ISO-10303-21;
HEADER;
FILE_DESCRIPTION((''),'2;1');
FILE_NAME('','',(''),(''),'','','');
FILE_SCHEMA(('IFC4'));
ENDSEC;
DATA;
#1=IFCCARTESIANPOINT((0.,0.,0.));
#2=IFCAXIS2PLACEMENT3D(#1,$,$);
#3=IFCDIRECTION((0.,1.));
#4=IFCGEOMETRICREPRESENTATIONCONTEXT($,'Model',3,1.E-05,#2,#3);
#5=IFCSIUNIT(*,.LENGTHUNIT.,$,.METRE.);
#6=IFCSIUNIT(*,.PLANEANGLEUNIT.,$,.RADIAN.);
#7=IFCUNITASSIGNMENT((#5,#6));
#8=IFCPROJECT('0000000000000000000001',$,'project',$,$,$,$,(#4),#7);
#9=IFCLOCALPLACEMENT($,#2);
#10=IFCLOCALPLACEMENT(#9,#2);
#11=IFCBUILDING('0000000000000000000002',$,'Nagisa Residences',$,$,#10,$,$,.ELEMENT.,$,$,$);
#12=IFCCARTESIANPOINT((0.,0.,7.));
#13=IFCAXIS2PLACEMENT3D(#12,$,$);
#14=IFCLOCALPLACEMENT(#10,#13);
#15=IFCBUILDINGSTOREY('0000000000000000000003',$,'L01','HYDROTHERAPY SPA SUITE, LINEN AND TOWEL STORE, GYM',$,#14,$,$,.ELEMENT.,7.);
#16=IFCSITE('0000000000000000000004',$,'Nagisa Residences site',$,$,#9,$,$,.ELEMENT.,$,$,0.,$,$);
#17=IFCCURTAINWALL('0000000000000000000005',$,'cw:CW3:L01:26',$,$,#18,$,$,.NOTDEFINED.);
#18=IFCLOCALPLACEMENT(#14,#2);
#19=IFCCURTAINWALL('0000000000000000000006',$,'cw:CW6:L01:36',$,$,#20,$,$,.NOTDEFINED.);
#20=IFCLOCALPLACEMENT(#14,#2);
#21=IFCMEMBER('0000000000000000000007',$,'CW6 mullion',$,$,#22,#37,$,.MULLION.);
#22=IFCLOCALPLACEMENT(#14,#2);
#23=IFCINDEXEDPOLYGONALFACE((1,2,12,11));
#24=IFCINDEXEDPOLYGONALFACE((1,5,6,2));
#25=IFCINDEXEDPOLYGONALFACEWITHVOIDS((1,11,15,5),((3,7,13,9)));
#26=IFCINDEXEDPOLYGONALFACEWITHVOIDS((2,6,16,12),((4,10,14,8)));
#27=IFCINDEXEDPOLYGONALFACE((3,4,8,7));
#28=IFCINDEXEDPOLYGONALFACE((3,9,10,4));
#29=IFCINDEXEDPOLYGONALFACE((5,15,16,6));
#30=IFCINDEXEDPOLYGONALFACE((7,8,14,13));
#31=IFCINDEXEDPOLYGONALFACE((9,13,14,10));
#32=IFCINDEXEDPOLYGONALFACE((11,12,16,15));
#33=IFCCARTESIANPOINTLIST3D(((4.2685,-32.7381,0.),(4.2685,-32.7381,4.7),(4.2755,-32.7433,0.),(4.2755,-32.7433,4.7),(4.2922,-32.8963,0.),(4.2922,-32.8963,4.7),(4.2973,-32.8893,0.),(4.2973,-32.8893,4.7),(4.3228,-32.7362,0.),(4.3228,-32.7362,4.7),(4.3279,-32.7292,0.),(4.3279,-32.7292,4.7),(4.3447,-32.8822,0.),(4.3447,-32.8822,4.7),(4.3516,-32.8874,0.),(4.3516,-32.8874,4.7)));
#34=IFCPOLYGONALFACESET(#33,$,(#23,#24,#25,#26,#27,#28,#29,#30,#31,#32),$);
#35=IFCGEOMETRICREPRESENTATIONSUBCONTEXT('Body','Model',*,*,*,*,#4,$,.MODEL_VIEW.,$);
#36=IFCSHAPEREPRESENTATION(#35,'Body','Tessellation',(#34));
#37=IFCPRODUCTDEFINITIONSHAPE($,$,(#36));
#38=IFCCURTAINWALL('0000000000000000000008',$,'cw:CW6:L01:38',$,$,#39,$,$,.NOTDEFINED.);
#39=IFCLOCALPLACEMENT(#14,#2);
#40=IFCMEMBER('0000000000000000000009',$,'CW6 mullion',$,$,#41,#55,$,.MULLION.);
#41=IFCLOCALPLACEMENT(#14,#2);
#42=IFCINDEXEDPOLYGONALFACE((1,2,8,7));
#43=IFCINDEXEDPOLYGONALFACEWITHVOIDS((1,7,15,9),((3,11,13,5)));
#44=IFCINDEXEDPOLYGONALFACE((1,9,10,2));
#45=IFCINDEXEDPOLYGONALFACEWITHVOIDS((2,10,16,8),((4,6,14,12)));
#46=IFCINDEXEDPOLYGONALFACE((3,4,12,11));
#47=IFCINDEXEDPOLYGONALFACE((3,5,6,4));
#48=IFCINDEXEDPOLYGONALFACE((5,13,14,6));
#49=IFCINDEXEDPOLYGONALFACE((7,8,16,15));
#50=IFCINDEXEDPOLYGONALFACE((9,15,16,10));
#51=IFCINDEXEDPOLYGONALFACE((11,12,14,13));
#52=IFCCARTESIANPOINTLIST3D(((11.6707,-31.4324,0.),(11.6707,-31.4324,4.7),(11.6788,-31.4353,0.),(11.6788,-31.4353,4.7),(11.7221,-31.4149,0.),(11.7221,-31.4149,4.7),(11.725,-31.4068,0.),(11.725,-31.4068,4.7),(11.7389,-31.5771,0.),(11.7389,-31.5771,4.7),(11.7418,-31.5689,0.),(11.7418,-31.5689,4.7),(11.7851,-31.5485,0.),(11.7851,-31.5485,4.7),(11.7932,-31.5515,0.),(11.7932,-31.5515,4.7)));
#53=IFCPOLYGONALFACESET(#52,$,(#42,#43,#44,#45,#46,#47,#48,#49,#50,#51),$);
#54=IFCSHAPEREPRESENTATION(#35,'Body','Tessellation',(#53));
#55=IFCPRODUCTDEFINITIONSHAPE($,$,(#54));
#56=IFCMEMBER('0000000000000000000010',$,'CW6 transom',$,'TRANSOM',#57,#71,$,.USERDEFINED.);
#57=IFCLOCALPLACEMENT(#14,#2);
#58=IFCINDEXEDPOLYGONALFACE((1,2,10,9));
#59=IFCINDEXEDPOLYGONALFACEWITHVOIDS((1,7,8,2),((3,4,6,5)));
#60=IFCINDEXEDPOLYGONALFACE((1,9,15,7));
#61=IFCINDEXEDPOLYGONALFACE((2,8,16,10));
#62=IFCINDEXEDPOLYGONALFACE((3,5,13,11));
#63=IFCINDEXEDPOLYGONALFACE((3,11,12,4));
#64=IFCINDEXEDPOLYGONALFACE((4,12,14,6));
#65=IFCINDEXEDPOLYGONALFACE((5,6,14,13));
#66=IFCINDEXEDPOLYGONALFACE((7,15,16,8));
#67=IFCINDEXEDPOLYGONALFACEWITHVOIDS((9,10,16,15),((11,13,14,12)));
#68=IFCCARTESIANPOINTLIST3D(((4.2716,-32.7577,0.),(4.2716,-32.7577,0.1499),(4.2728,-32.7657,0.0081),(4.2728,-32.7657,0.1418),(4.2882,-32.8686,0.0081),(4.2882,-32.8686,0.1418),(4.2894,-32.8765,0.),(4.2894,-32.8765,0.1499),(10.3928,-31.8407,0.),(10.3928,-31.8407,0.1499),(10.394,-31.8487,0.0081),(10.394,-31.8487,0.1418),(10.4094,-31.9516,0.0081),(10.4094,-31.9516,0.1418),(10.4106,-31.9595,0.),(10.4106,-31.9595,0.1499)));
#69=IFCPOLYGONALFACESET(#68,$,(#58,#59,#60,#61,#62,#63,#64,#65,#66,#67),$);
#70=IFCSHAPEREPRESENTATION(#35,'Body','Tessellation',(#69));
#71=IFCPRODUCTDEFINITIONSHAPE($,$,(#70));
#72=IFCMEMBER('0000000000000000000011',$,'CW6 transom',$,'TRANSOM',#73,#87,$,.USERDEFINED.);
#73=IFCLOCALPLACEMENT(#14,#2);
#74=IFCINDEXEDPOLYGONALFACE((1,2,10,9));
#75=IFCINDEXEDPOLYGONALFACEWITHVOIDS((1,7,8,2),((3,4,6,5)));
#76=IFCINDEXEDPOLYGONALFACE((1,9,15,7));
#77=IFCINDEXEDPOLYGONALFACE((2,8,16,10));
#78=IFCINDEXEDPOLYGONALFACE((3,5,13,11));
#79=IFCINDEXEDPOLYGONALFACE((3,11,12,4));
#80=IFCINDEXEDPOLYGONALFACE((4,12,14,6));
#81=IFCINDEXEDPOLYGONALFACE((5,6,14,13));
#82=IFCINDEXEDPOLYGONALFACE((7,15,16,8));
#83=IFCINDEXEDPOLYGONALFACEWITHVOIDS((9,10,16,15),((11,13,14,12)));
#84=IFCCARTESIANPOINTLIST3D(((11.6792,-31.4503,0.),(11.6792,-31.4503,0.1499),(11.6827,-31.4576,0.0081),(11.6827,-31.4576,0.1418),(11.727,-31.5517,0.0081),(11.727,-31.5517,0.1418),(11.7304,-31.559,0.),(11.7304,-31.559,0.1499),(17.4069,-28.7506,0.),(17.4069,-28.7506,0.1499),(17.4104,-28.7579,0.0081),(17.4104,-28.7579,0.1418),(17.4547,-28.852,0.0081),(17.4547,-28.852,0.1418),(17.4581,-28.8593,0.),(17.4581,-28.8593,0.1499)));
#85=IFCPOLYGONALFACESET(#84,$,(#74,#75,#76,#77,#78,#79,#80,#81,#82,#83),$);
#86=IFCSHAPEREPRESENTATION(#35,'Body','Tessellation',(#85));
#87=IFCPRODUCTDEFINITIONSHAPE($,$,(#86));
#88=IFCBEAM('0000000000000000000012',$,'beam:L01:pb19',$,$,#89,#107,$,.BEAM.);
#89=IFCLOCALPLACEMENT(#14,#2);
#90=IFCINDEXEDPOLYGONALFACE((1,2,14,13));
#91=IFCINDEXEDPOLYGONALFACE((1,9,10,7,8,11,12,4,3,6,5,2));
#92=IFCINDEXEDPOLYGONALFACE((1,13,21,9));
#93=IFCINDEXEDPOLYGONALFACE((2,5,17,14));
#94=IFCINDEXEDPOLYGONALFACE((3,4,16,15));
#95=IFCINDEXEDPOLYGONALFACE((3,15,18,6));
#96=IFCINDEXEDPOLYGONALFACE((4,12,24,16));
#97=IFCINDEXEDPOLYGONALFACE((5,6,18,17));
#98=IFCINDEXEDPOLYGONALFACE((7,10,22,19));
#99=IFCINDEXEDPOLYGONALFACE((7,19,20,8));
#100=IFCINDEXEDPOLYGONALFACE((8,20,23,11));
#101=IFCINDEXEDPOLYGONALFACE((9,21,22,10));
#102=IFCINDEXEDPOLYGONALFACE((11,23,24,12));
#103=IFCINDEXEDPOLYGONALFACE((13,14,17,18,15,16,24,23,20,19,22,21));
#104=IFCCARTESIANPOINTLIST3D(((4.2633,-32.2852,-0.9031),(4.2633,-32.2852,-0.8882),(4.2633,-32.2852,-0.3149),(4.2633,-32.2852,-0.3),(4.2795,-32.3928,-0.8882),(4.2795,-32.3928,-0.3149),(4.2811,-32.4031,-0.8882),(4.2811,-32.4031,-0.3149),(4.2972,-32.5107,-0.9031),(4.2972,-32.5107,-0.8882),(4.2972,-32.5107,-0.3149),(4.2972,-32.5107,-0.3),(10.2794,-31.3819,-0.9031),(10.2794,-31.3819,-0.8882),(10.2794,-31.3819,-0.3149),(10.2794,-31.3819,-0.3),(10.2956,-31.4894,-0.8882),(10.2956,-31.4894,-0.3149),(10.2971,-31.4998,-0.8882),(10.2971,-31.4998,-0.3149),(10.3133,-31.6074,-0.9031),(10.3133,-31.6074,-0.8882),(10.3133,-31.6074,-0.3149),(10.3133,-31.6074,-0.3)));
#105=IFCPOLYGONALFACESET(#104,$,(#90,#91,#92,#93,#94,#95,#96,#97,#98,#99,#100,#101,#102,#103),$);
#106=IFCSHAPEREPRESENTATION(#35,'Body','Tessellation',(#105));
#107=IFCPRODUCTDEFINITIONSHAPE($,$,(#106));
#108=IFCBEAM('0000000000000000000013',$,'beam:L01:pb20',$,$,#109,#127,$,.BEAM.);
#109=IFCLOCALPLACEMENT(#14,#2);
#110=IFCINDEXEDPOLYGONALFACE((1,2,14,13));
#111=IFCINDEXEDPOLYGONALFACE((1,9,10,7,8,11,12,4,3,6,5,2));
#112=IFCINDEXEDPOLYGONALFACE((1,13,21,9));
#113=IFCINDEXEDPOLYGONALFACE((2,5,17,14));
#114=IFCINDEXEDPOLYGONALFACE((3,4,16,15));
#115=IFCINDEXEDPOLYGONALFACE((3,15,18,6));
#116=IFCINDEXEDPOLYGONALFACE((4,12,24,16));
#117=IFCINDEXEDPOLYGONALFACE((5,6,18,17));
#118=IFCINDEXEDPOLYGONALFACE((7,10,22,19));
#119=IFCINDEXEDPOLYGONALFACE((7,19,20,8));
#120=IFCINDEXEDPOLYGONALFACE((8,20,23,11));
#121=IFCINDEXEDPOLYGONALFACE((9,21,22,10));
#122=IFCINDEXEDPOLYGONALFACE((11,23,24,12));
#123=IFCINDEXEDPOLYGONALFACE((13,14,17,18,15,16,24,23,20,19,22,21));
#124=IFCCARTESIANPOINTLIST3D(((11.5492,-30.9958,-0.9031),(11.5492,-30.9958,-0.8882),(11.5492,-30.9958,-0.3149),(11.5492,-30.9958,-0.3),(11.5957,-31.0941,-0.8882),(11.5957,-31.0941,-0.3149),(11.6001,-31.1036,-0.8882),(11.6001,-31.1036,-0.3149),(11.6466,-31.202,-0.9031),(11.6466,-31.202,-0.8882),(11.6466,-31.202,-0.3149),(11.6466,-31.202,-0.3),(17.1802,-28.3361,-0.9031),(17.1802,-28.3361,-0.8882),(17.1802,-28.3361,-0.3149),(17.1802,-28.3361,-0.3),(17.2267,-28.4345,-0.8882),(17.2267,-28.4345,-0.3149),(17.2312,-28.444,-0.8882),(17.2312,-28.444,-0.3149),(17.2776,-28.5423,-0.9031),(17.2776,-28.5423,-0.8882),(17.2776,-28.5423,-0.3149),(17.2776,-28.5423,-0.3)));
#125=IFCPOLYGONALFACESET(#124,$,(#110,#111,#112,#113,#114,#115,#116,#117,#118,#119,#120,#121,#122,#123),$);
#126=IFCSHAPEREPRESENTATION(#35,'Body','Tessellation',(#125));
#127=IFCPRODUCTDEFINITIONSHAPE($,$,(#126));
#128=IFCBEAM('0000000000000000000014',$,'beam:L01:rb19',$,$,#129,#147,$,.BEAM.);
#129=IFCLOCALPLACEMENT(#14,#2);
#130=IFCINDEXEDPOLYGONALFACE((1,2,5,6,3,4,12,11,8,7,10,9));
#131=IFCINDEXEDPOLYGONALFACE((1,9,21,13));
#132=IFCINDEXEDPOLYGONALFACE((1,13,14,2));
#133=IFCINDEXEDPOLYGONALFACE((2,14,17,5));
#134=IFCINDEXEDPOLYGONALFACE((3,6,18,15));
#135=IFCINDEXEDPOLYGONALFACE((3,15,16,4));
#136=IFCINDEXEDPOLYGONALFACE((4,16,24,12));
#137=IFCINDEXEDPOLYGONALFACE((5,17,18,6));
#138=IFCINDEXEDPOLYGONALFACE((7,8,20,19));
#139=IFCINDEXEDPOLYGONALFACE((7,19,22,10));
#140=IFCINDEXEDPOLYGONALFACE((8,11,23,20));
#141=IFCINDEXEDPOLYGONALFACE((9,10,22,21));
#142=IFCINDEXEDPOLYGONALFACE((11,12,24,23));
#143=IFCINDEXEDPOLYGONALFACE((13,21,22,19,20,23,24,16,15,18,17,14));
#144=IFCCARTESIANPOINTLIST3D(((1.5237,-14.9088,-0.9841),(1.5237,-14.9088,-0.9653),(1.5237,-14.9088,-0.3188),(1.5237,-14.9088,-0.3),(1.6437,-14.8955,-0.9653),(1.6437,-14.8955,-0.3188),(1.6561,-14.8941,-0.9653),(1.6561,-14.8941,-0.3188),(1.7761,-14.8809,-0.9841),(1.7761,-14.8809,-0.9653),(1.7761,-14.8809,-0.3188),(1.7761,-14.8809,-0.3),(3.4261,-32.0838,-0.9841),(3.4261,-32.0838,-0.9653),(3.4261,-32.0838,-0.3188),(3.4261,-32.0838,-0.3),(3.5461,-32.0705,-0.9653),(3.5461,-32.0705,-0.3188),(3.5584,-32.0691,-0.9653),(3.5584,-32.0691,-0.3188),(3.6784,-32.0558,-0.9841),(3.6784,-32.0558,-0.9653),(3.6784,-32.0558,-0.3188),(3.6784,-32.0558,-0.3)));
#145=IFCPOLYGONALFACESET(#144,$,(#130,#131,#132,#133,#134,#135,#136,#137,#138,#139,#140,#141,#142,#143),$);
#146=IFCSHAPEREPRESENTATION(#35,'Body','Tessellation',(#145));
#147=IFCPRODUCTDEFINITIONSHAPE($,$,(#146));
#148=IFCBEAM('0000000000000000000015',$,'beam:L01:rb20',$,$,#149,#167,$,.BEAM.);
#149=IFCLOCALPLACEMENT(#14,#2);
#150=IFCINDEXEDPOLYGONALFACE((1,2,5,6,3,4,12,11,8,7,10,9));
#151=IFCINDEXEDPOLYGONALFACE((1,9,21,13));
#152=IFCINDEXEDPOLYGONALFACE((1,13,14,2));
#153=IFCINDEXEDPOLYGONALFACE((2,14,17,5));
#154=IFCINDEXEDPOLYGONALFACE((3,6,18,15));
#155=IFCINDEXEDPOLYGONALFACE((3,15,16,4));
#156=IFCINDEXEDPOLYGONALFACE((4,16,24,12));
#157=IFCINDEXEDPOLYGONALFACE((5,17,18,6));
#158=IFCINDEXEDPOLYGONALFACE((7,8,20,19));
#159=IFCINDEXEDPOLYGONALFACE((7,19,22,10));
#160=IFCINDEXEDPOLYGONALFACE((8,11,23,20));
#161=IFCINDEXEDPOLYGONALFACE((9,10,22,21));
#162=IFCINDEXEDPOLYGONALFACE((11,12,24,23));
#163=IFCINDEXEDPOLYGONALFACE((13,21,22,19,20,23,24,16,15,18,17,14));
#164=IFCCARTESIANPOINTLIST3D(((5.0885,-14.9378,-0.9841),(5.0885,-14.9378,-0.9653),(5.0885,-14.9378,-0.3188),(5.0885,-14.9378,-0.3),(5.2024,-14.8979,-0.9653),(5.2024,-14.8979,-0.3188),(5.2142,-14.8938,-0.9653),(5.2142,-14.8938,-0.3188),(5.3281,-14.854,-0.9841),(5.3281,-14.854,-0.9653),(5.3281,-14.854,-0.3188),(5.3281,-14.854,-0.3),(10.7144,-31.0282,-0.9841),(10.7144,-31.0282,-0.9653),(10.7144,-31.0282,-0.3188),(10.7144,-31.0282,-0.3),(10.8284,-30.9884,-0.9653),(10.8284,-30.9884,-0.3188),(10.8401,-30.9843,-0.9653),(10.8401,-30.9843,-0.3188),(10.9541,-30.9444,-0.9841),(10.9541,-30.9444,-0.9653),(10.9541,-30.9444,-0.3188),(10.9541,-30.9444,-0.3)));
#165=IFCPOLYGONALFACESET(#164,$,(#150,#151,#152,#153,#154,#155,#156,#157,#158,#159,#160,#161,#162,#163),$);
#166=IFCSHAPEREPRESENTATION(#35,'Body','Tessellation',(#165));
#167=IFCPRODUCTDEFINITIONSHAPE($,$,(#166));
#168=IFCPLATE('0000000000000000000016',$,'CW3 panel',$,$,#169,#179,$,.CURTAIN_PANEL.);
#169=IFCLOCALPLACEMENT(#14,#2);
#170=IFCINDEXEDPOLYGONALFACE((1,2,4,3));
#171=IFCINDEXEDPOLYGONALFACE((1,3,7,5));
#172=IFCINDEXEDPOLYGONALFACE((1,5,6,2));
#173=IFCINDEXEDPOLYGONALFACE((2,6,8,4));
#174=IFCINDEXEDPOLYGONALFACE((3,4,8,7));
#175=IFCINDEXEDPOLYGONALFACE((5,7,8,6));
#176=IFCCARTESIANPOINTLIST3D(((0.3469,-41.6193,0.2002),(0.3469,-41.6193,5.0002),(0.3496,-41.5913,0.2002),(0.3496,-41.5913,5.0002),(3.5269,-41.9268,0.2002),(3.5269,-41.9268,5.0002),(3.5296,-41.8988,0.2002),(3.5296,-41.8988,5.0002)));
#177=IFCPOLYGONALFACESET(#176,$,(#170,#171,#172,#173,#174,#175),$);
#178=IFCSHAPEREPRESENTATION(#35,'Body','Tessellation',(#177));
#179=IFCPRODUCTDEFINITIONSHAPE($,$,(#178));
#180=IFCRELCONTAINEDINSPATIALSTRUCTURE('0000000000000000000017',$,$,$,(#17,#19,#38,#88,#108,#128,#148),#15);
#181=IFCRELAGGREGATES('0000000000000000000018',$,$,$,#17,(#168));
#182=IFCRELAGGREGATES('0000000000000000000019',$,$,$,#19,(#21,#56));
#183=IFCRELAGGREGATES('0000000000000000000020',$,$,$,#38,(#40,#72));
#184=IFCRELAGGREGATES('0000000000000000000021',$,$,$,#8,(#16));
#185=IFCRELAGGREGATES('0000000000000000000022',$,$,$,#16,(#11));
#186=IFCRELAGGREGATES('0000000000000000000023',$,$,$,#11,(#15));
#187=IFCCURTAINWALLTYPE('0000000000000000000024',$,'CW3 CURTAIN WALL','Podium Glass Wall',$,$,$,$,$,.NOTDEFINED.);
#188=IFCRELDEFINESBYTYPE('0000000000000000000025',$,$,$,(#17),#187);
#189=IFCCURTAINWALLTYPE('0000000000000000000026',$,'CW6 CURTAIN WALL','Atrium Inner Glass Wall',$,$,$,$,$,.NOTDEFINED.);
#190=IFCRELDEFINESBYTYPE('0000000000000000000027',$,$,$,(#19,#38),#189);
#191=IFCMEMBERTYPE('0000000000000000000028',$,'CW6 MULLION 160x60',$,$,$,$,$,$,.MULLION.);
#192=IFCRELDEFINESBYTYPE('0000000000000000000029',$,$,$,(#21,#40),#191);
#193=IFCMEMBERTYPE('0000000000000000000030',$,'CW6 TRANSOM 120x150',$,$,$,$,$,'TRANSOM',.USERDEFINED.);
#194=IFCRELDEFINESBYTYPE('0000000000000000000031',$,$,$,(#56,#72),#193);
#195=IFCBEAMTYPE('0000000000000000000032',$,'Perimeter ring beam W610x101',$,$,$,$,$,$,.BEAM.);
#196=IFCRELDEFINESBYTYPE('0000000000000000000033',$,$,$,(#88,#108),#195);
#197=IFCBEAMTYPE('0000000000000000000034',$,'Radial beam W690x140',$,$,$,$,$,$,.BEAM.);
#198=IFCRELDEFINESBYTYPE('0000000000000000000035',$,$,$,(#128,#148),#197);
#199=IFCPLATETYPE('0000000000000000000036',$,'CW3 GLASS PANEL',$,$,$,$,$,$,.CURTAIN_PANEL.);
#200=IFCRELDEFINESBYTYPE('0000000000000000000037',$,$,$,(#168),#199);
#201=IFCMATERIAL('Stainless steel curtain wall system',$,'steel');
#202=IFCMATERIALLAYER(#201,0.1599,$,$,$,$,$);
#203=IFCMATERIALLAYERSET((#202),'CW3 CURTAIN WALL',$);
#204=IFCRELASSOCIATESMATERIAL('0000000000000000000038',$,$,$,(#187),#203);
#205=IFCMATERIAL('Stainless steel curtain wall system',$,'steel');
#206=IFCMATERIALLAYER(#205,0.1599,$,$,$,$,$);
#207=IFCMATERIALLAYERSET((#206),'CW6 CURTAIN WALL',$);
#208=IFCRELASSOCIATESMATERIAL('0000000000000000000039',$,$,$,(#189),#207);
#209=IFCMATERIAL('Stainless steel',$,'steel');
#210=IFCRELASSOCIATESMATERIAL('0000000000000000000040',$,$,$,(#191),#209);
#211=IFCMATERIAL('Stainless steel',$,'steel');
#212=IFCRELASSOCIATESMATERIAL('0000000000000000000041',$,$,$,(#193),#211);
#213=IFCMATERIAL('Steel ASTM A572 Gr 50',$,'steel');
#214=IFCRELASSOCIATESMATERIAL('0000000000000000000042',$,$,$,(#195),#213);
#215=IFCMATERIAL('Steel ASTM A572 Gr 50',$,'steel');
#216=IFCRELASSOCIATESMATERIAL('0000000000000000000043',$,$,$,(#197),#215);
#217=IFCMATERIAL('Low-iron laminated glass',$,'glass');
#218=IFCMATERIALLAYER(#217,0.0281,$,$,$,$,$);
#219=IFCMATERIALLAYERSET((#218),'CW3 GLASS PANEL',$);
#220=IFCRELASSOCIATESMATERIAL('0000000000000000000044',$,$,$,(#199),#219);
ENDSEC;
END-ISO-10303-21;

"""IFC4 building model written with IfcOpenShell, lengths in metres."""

from ifc_helpers import new_model, si_unit, direction, frame, origin, origin_2d, place, context, subcontext, project, spatial, rectangle, hollow_rectangle, i_section, extrude, material, layer, layer_set, material_profile, profile_set, type_object, element, aggregate, save


model = new_model("IFC4")

# Units and contexts
model_context = context("Model", 3, precision=1e-05, world=origin(), true_north=direction((0.0, 1.0)))
body_context = subcontext(model_context, "Body", "Model", "MODEL_VIEW")
ifc_project = project(units=[si_unit("LENGTHUNIT", "METRE"), si_unit("PLANEANGLEUNIT", "RADIAN")], contexts=[model_context])

# Site, building, storey
site_placement = place(None, origin())
site = spatial("IfcSite", under=ifc_project, at=site_placement, Name="Nagisa Residences site", CompositionType="ELEMENT", RefElevation=0.0)
building_placement = place(site_placement, origin())
building = spatial("IfcBuilding", under=site, at=building_placement, Name="Nagisa Residences", CompositionType="ELEMENT")
storey_placement = place(building_placement, frame((0.0, 0.0, 7.0)))
storey = spatial("IfcBuildingStorey", under=building, at=storey_placement, Name="L01", Description="HYDROTHERAPY SPA SUITE, LINEN AND TOWEL STORE, GYM", CompositionType="ELEMENT", Elevation=7.0)

# Curtain wall
ifc_material_1 = material(Name="Stainless steel curtain wall system", Category="steel")
ifc_layer_1 = layer(ifc_material_1, 0.1599)
ifc_layer_set_1 = layer_set([ifc_layer_1], Name="CW3 CURTAIN WALL")
curtain_wall_type_1 = type_object("IfcCurtainWallType", Name="CW3 CURTAIN WALL", Description="Podium Glass Wall", PredefinedType="NOTDEFINED", material=ifc_layer_set_1)
curtain_wall_1_placement = place(storey_placement, origin())
curtain_wall_1 = element("IfcCurtainWall", 1, at=curtain_wall_1_placement, inside=storey, type_object=curtain_wall_type_1, Name="cw:CW3:L01:26", PredefinedType="NOTDEFINED")

# Curtain walls, members
ifc_material_2 = material(Name="Stainless steel curtain wall system", Category="steel")
ifc_layer_2 = layer(ifc_material_2, 0.1599)
ifc_layer_set_2 = layer_set([ifc_layer_2], Name="CW6 CURTAIN WALL")
curtain_wall_type_2 = type_object("IfcCurtainWallType", Name="CW6 CURTAIN WALL", Description="Atrium Inner Glass Wall", PredefinedType="NOTDEFINED", material=ifc_layer_set_2)
curtain_wall_2_placement = place(storey_placement, origin())
curtain_wall_2 = element("IfcCurtainWall", 2, at=curtain_wall_2_placement, inside=storey, type_object=curtain_wall_type_2, Name="cw:CW6:L01:36", PredefinedType="NOTDEFINED")
ifc_material_3 = material(Name="Stainless steel", Category="steel")
ifc_material_profile_1 = material_profile(ifc_material_3, hollow_rectangle(XDim=0.1599, YDim=0.0601, WallThickness=0.0061, at=origin_2d()), Name="CW6 MULLION 160x60")
ifc_profile_set_1 = profile_set([ifc_material_profile_1], Name="Stainless steel")
member_type_1 = type_object("IfcMemberType", Name="CW6 MULLION 160x60", PredefinedType="MULLION", material=ifc_profile_set_1)
member_1_placement = place(storey_placement, frame((4.3101, -32.8127, 0.0), z_axis=(0.0, 0.0, 1.0), x_axis=(-0.148158, 0.988964, 0.0)))
member_1 = element("IfcMember", 3, at=member_1_placement, type_object=member_type_1, Name="CW6 mullion", PredefinedType="MULLION", context=body_context, shape_type="SweptSolid", body=[
    extrude(hollow_rectangle(XDim=0.1599, YDim=0.0601, WallThickness=0.0061, at=origin_2d()), origin(), (0.0, 0.0, 1.0), 4.7),
])
curtain_wall_3_placement = place(storey_placement, origin())
curtain_wall_3 = element("IfcCurtainWall", 4, at=curtain_wall_3_placement, inside=storey, type_object=curtain_wall_type_2, Name="cw:CW6:L01:38", PredefinedType="NOTDEFINED")
member_2_placement = place(storey_placement, frame((11.7319, -31.4919, 0.0), z_axis=(0.0, 0.0, 1.0), x_axis=(-0.426358, 0.904554, 0.0)))
member_2 = element("IfcMember", 5, at=member_2_placement, type_object=member_type_1, Name="CW6 mullion", PredefinedType="MULLION", context=body_context, shape_type="SweptSolid", body=[
    extrude(hollow_rectangle(XDim=0.1599, YDim=0.0601, WallThickness=0.0061, at=origin_2d()), origin(), (0.0, 0.0, 1.0), 4.7),
])

# Members
ifc_material_4 = material(Name="Stainless steel", Category="steel")
ifc_material_profile_2 = material_profile(ifc_material_4, hollow_rectangle(XDim=0.1201, YDim=0.1499, WallThickness=0.0081, at=origin_2d()), Name="CW6 TRANSOM 120x150")
ifc_profile_set_2 = profile_set([ifc_material_profile_2], Name="Stainless steel")
member_type_2 = type_object("IfcMemberType", Name="CW6 TRANSOM 120x150", ElementType="TRANSOM", PredefinedType="USERDEFINED", material=ifc_profile_set_2)
member_3_placement = place(storey_placement, frame((4.2805, -32.8171, 0.075), z_axis=(0.988964, 0.148155, 0.0), x_axis=(-0.148155, 0.988964, 0.0)))
member_3 = element("IfcMember", 6, at=member_3_placement, type_object=member_type_2, Name="CW6 transom", ObjectType="TRANSOM", PredefinedType="USERDEFINED", context=body_context, shape_type="SweptSolid", body=[
    extrude(hollow_rectangle(XDim=0.1201, YDim=0.1499, WallThickness=0.0081, at=origin_2d()), origin(), (0.0, 0.0, 1.0), 6.1895),
])
member_4_placement = place(storey_placement, frame((11.7048, -31.5046, 0.075), z_axis=(0.904558, 0.42635, 0.0), x_axis=(-0.42635, 0.904558, 0.0)))
member_4 = element("IfcMember", 7, at=member_4_placement, type_object=member_type_2, Name="CW6 transom", ObjectType="TRANSOM", PredefinedType="USERDEFINED", context=body_context, shape_type="SweptSolid", body=[
    extrude(hollow_rectangle(XDim=0.1201, YDim=0.1499, WallThickness=0.0081, at=origin_2d()), origin(), (0.0, 0.0, 1.0), 6.332),
])

# Beams
ifc_material_5 = material(Name="Steel ASTM A572 Gr 50", Category="steel")
ifc_material_profile_3 = material_profile(ifc_material_5, i_section(OverallWidth=0.228, OverallDepth=0.603, WebThickness=0.0105, FlangeThickness=0.0149, at=origin_2d()), Name="W610x101")
ifc_profile_set_3 = profile_set([ifc_material_profile_3], Name="Steel ASTM A572 Gr 50")
beam_type_1 = type_object("IfcBeamType", Name="Perimeter ring beam W610x101", PredefinedType="BEAM", material=ifc_profile_set_3)
beam_1_placement = place(storey_placement, frame((4.2803, -32.3979, -0.6016), z_axis=(0.988915, 0.148486, 0.0), x_axis=(-0.148486, 0.988915, 0.0)))
element("IfcBeam", 8, at=beam_1_placement, inside=storey, type_object=beam_type_1, Name="beam:L01:pb19", PredefinedType="BEAM", context=body_context, shape_type="SweptSolid", body=[
    extrude(i_section(OverallWidth=0.228, OverallDepth=0.603, WebThickness=0.0105, FlangeThickness=0.0149, at=origin_2d()), origin(), (0.0, 0.0, 1.0), 6.0835),
])
beam_2_placement = place(storey_placement, frame((11.5979, -31.0989, -0.6016), z_axis=(0.904215, 0.427077, 0.0), x_axis=(-0.427077, 0.904215, 0.0)))
element("IfcBeam", 9, at=beam_2_placement, inside=storey, type_object=beam_type_1, Name="beam:L01:pb20", PredefinedType="BEAM", context=body_context, shape_type="SweptSolid", body=[
    extrude(i_section(OverallWidth=0.228, OverallDepth=0.603, WebThickness=0.0105, FlangeThickness=0.0149, at=origin_2d()), origin(), (0.0, 0.0, 1.0), 6.2275),
])
ifc_material_6 = material(Name="Steel ASTM A572 Gr 50", Category="steel")
ifc_material_profile_4 = material_profile(ifc_material_6, i_section(OverallWidth=0.2539, OverallDepth=0.6841, WebThickness=0.0125, FlangeThickness=0.0188, at=origin_2d()), Name="W690x140")
ifc_profile_set_4 = profile_set([ifc_material_profile_4], Name="Steel ASTM A572 Gr 50")
beam_type_2 = type_object("IfcBeamType", Name="Radial beam W690x140", PredefinedType="BEAM", material=ifc_profile_set_4)
beam_3_placement = place(storey_placement, frame((3.5522, -32.0698, -0.6421), z_axis=(-0.110089, 0.993922, 0.0), x_axis=(-0.993922, -0.110089, 0.0)))
element("IfcBeam", 10, at=beam_3_placement, inside=storey, type_object=beam_type_2, Name="beam:L01:rb19", PredefinedType="BEAM", context=body_context, shape_type="SweptSolid", body=[
    extrude(i_section(OverallWidth=0.2539, OverallDepth=0.6841, WebThickness=0.0125, FlangeThickness=0.0188, at=origin_2d()), origin(), (0.0, 0.0, 1.0), 17.28),
])
beam_4_placement = place(storey_placement, frame((10.8342, -30.9863, -0.6421), z_axis=(-0.330051, 0.943963, 0.0), x_axis=(-0.943963, -0.330051, 0.0)))
element("IfcBeam", 11, at=beam_4_placement, inside=storey, type_object=beam_type_2, Name="beam:L01:rb20", PredefinedType="BEAM", context=body_context, shape_type="SweptSolid", body=[
    extrude(i_section(OverallWidth=0.2539, OverallDepth=0.6841, WebThickness=0.0125, FlangeThickness=0.0188, at=origin_2d()), origin(), (0.0, 0.0, 1.0), 17.0457),
])

# Plate
ifc_material_7 = material(Name="Low-iron laminated glass", Category="glass")
ifc_layer_3 = layer(ifc_material_7, 0.0281)
ifc_layer_set_3 = layer_set([ifc_layer_3], Name="CW3 GLASS PANEL")
plate_type_1 = type_object("IfcPlateType", Name="CW3 GLASS PANEL", PredefinedType="CURTAIN_PANEL", material=ifc_layer_set_3)
plate_1_placement = place(storey_placement, frame((1.9382, -41.759, 0.2002), z_axis=(0.0, 0.0, 1.0), x_axis=(0.995357, -0.096249, 0.0)))
plate_1 = element("IfcPlate", 12, at=plate_1_placement, type_object=plate_type_1, Name="CW3 panel", PredefinedType="CURTAIN_PANEL", context=body_context, shape_type="SweptSolid", body=[
    extrude(rectangle(XDim=3.1948, YDim=0.0281, at=origin_2d()), origin(), (0.0, 0.0, 1.0), 4.8),
])
aggregate(curtain_wall_1, [plate_1])

aggregate(curtain_wall_2, [member_1, member_3])
aggregate(curtain_wall_3, [member_2, member_4])

save(model, "model.ifc")
